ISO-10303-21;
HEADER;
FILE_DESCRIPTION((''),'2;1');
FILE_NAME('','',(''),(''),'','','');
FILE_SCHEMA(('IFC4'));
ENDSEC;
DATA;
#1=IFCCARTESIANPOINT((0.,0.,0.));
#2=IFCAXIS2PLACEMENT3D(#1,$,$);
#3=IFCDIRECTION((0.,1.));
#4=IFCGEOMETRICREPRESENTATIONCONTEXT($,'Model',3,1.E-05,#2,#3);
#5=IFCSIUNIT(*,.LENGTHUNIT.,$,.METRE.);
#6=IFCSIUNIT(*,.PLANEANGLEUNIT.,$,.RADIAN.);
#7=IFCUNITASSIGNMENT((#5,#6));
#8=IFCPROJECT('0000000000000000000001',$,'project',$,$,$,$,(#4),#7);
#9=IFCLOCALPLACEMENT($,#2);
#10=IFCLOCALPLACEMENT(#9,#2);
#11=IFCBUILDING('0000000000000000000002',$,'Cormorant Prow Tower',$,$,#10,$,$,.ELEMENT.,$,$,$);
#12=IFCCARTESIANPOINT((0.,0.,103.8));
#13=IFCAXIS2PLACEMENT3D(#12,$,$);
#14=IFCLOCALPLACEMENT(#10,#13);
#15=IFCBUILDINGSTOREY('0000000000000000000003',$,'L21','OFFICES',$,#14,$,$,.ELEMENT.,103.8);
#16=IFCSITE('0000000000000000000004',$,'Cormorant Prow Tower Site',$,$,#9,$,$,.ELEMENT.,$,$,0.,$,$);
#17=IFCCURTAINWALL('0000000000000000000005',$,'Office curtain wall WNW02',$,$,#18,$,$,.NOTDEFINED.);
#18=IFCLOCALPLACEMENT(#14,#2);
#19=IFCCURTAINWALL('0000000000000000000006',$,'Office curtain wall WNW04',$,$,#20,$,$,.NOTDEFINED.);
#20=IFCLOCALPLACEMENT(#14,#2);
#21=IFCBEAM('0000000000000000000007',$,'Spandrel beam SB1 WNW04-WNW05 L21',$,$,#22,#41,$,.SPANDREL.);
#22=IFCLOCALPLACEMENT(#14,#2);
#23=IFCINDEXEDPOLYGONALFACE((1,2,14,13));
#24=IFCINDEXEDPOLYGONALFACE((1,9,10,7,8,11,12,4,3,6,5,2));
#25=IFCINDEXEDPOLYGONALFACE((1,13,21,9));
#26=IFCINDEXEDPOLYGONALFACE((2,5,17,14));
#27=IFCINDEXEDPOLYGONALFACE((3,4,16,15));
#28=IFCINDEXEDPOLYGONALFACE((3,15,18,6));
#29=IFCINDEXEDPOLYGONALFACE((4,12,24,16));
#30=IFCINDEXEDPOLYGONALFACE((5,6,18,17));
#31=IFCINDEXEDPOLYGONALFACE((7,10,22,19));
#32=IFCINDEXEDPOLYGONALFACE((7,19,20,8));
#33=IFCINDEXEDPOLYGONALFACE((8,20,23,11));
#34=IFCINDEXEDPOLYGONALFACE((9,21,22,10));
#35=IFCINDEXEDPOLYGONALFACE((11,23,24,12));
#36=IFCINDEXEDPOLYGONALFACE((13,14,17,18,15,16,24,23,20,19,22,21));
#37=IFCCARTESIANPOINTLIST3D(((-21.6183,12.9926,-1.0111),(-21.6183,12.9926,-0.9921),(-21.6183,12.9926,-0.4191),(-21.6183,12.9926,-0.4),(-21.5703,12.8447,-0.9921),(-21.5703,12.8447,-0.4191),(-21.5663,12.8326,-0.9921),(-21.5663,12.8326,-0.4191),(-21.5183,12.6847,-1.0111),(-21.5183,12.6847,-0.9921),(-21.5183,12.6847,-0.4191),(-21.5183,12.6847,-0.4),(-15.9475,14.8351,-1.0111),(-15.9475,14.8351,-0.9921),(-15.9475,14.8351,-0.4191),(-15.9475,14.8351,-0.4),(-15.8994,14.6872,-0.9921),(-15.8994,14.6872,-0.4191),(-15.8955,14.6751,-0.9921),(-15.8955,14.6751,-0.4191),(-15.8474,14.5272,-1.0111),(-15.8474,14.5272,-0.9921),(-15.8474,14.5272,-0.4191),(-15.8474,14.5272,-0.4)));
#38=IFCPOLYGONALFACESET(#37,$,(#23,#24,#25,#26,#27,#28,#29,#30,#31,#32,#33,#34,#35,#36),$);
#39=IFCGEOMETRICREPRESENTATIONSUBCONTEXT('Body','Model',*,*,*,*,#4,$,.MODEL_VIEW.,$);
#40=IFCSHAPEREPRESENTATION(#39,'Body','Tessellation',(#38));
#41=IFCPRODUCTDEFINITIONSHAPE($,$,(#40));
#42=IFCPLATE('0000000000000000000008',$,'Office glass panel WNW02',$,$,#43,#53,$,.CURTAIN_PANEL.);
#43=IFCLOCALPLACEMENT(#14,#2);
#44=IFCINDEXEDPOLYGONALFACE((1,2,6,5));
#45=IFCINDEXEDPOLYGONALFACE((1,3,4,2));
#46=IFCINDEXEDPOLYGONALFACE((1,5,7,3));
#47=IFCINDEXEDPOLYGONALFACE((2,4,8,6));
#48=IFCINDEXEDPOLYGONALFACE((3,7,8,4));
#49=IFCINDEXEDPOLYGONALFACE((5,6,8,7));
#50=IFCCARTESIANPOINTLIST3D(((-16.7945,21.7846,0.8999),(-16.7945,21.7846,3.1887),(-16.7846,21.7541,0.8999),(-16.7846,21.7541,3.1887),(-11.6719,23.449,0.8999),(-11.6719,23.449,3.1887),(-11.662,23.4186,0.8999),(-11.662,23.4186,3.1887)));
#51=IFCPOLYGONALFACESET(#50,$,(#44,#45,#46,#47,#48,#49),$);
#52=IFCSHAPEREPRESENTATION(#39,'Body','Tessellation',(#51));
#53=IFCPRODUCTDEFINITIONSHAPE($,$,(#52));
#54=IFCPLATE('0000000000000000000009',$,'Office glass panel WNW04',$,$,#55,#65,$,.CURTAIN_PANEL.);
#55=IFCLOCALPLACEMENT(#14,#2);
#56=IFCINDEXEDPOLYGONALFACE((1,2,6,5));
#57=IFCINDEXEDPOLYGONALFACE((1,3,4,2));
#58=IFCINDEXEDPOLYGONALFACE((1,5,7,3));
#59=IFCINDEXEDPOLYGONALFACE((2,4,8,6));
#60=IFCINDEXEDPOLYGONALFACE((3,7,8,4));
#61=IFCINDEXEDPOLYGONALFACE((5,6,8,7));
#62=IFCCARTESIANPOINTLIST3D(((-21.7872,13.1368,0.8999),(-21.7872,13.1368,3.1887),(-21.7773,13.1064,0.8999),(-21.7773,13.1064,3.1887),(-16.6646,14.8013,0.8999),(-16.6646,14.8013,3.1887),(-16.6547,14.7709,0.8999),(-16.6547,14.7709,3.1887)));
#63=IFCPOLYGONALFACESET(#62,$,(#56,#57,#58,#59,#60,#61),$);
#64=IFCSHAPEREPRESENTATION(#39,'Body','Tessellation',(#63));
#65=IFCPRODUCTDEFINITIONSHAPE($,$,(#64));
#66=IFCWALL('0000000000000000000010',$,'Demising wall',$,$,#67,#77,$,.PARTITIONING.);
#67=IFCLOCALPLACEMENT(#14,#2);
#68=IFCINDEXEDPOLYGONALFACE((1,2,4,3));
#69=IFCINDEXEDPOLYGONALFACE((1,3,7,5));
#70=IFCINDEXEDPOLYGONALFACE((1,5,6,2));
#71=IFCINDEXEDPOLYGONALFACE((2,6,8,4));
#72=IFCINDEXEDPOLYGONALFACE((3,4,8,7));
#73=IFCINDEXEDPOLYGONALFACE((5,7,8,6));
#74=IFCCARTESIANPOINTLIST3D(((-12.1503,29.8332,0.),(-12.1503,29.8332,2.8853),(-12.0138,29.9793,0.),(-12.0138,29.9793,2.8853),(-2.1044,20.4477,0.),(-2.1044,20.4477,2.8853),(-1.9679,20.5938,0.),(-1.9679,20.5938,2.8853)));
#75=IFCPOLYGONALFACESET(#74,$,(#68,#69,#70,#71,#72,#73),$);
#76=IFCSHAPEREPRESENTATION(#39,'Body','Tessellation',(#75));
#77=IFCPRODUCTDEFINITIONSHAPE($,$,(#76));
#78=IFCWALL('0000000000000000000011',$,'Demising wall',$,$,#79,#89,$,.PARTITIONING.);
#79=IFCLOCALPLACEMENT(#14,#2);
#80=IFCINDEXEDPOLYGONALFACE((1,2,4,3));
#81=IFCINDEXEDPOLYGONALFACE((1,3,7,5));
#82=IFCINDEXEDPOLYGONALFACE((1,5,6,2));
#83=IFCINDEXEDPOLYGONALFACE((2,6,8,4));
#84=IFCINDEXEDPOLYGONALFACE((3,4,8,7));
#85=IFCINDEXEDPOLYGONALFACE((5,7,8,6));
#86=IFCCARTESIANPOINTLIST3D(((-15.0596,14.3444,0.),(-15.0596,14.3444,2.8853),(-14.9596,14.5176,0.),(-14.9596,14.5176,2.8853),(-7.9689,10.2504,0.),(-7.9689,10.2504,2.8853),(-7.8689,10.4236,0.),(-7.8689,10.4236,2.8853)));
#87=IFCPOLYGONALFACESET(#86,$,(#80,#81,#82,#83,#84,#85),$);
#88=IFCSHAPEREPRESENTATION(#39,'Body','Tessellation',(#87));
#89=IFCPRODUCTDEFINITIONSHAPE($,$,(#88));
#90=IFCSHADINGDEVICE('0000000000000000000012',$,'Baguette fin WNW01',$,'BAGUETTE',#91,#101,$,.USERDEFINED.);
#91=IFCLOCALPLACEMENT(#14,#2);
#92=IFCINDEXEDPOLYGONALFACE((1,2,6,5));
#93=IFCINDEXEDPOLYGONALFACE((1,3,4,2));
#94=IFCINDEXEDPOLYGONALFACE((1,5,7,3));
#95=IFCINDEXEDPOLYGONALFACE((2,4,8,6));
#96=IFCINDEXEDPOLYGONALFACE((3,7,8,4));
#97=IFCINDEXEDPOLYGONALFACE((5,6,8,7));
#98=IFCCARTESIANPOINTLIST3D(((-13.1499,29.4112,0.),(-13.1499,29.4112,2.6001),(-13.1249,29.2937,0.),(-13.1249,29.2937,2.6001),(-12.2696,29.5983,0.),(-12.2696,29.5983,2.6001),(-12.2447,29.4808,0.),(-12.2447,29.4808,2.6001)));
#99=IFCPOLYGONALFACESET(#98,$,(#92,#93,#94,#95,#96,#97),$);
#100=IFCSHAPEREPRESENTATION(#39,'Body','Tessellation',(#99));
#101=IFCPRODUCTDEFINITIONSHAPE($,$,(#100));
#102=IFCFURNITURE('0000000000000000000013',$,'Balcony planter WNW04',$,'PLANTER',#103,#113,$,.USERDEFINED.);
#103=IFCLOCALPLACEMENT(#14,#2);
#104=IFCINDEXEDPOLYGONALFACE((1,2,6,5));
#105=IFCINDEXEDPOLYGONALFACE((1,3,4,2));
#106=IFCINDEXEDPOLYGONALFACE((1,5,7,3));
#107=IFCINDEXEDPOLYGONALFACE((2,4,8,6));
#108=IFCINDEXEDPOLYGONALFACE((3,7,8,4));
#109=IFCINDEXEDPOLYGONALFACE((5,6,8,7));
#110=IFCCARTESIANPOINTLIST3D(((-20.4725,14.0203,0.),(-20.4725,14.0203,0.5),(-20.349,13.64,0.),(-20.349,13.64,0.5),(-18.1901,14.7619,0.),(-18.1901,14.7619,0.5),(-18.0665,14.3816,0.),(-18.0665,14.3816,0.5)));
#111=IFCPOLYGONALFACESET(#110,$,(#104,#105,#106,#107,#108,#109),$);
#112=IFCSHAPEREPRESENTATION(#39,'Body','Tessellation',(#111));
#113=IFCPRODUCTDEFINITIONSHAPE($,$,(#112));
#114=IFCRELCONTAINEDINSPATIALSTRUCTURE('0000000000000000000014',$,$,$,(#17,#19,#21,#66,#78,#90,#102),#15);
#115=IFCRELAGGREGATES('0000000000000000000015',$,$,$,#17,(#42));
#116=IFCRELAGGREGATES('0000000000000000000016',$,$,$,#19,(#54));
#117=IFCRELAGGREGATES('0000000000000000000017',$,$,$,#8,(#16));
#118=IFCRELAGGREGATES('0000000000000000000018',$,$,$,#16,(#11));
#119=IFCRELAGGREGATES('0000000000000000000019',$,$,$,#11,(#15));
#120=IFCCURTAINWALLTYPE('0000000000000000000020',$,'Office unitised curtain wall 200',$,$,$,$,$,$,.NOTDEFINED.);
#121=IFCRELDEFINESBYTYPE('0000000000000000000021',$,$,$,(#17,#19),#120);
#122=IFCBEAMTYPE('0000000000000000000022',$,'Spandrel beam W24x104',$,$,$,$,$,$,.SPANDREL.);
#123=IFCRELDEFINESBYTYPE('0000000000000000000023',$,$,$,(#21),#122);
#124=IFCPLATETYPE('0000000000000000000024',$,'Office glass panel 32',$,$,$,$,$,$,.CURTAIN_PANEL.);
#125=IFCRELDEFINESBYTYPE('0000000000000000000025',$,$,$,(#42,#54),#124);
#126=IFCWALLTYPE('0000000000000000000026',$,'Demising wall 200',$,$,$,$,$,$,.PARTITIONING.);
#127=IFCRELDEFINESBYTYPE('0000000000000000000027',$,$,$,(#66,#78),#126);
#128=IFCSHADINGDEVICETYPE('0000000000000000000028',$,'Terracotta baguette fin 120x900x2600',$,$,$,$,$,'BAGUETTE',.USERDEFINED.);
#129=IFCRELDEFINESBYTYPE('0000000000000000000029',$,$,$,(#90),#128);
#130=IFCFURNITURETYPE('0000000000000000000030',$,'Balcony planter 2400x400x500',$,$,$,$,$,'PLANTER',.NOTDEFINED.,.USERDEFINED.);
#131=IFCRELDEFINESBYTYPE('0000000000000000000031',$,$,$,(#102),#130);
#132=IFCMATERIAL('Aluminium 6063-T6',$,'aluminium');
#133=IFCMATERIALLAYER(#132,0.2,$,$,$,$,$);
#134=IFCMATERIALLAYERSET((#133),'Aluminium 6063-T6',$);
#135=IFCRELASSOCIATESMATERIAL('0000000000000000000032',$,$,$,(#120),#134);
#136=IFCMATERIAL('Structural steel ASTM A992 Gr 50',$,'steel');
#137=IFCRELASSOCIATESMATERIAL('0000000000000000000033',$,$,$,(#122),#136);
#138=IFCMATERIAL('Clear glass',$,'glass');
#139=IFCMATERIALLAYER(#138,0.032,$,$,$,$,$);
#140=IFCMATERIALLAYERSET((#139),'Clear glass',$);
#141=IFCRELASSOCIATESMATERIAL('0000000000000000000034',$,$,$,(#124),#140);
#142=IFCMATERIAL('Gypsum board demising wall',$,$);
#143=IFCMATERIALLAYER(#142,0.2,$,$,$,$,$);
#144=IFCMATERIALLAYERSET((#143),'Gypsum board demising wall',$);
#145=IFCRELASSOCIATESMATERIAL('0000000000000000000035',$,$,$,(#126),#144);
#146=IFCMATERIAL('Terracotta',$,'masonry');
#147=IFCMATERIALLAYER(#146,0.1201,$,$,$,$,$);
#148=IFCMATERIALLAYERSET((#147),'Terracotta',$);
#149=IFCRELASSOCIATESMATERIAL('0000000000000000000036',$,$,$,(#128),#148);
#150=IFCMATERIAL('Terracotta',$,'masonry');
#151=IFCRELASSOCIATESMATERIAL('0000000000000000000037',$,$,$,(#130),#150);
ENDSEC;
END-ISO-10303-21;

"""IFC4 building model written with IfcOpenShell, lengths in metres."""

from ifc_helpers import new_model, si_unit, direction, frame, frame_2d, origin, origin_2d, place, context, subcontext, project, spatial, rectangle, i_section, extrude, material, layer, layer_set, material_profile, profile_set, type_object, element, aggregate, save


model = new_model("IFC4")

# Units and contexts
model_context = context("Model", 3, precision=1e-05, world=origin(), true_north=direction((0.0, 1.0)))
body_context = subcontext(model_context, "Body", "Model", "MODEL_VIEW")
ifc_project = project(units=[si_unit("LENGTHUNIT", "METRE"), si_unit("PLANEANGLEUNIT", "RADIAN")], contexts=[model_context])

# Site, building, storey
site_placement = place(None, origin())
site = spatial("IfcSite", under=ifc_project, at=site_placement, Name="Cormorant Prow Tower Site", CompositionType="ELEMENT", RefElevation=0.0)
building_placement = place(site_placement, origin())
building = spatial("IfcBuilding", under=site, at=building_placement, Name="Cormorant Prow Tower", CompositionType="ELEMENT")
storey_placement = place(building_placement, frame((0.0, 0.0, 103.8)))
storey = spatial("IfcBuildingStorey", under=building, at=storey_placement, Name="L21", Description="OFFICES", CompositionType="ELEMENT", Elevation=103.8)

# Curtain walls
ifc_material_1 = material(Name="Aluminium 6063-T6", Category="aluminium")
ifc_layer_1 = layer(ifc_material_1, 0.2)
ifc_layer_set_1 = layer_set([ifc_layer_1], Name="Aluminium 6063-T6")
curtain_wall_type = type_object("IfcCurtainWallType", Name="Office unitised curtain wall 200", PredefinedType="NOTDEFINED", material=ifc_layer_set_1)
curtain_wall_1_placement = place(storey_placement, origin())
curtain_wall_1 = element("IfcCurtainWall", 1, at=curtain_wall_1_placement, inside=storey, type_object=curtain_wall_type, Name="Office curtain wall WNW02", PredefinedType="NOTDEFINED")
curtain_wall_2_placement = place(storey_placement, origin())
curtain_wall_2 = element("IfcCurtainWall", 2, at=curtain_wall_2_placement, inside=storey, type_object=curtain_wall_type, Name="Office curtain wall WNW04", PredefinedType="NOTDEFINED")

# Beam
ifc_material_2 = material(Name="Structural steel ASTM A992 Gr 50", Category="steel")
ifc_material_profile_1 = material_profile(ifc_material_2, i_section(OverallWidth=0.3237, OverallDepth=0.6111, WebThickness=0.0127, FlangeThickness=0.019, at=origin_2d()), Name="W24x104")
ifc_profile_set_1 = profile_set([ifc_material_profile_1], Name="Structural steel ASTM A992 Gr 50")
beam_type = type_object("IfcBeamType", Name="Spandrel beam W24x104", PredefinedType="SPANDREL", material=ifc_profile_set_1)
for number, where, z_axis, x_axis, name in (
    (3, (-15.8975, 14.6812, -0.7056), (-0.951059, -0.309008, 0.0), (0.309008, -0.951059, 0.0), "Spandrel beam SB1 WNW04-WNW05 L21"),
):
    element("IfcBeam", number, at=place(storey_placement, frame(where, z_axis=z_axis, x_axis=x_axis)), inside=storey, type_object=beam_type, Name=name, PredefinedType="SPANDREL", context=body_context, shape_type="SweptSolid", body=[
        extrude(i_section(OverallWidth=0.3237, OverallDepth=0.6111, WebThickness=0.0127, FlangeThickness=0.019, at=origin_2d()), origin(), (0.0, 0.0, 1.0), 5.9626),
    ])

# Plates
ifc_material_3 = material(Name="Clear glass", Category="glass")
ifc_layer_2 = layer(ifc_material_3, 0.032)
ifc_layer_set_2 = layer_set([ifc_layer_2], Name="Clear glass")
plate_type = type_object("IfcPlateType", Name="Office glass panel 32", PredefinedType="CURTAIN_PANEL", material=ifc_layer_set_2)
plate_1_placement = place(storey_placement, frame((-14.2283, 22.6016, 0.8999), z_axis=(0.0, 0.0, 1.0), x_axis=(-0.951057, -0.309017, 0.0)))
plate_1 = element("IfcPlate", 4, at=plate_1_placement, type_object=plate_type, Name="Office glass panel WNW02", PredefinedType="CURTAIN_PANEL", context=body_context, shape_type="SweptSolid", body=[
    extrude(rectangle(XDim=5.3862, YDim=0.032, at=origin_2d()), origin(), (0.0, 0.0, 1.0), 2.2888),
])
aggregate(curtain_wall_1, [plate_1])
plate_2_placement = place(storey_placement, frame((-19.2209, 13.9539, 0.8999), z_axis=(0.0, 0.0, 1.0), x_axis=(-0.951057, -0.309017, 0.0)))
plate_2 = element("IfcPlate", 5, at=plate_2_placement, type_object=plate_type, Name="Office glass panel WNW04", PredefinedType="CURTAIN_PANEL", context=body_context, shape_type="SweptSolid", body=[
    extrude(rectangle(XDim=5.3862, YDim=0.032, at=origin_2d()), origin(), (0.0, 0.0, 1.0), 2.2888),
])
aggregate(curtain_wall_2, [plate_2])

# Walls
ifc_material_4 = material(Name="Gypsum board demising wall")
ifc_layer_3 = layer(ifc_material_4, 0.2)
ifc_layer_set_3 = layer_set([ifc_layer_3], Name="Gypsum board demising wall")
wall_type_1 = type_object("IfcWallType", Name="Demising wall 200", PredefinedType="PARTITIONING", material=ifc_layer_set_3)
wall_1_placement = place(storey_placement, frame((-12.082, 29.9062, 0.0), z_axis=(0.0, 0.0, 1.0), x_axis=(0.730717, -0.682681, 0.0)))
element("IfcWall", 6, at=wall_1_placement, inside=storey, type_object=wall_type_1, Name="Demising wall", PredefinedType="PARTITIONING", context=body_context, shape_type="SweptSolid", body=[
    extrude(rectangle(XDim=13.748, YDim=0.2, at=frame_2d((6.874, 0.0))), origin(), (0.0, 0.0, 1.0), 2.8853),
])
wall_2_placement = place(storey_placement, frame((-15.0095, 14.4309, 0.0), z_axis=(0.0, 0.0, 1.0), x_axis=(0.86602, -0.50001, 0.0)))
element("IfcWall", 7, at=wall_2_placement, inside=storey, type_object=wall_type_1, Name="Demising wall", PredefinedType="PARTITIONING", context=body_context, shape_type="SweptSolid", body=[
    extrude(rectangle(XDim=8.1877, YDim=0.2, at=frame_2d((4.0938, 0.0))), origin(), (0.0, 0.0, 1.0), 2.8853),
])

# Shading device
ifc_material_5 = material(Name="Terracotta", Category="masonry")
ifc_layer_4 = layer(ifc_material_5, 0.1201)
ifc_layer_set_4 = layer_set([ifc_layer_4], Name="Terracotta")
shading_device_type = type_object("IfcShadingDeviceType", Name="Terracotta baguette fin 120x900x2600", ElementType="BAGUETTE", PredefinedType="USERDEFINED", material=ifc_layer_set_4)
shading_device_placement = place(storey_placement, frame((-12.6973, 29.446, 0.0), z_axis=(0.0, 0.0, 1.0), x_axis=(0.207912, -0.978148, 0.0)))
element("IfcShadingDevice", 8, at=shading_device_placement, inside=storey, type_object=shading_device_type, Name="Baguette fin WNW01", ObjectType="BAGUETTE", PredefinedType="USERDEFINED", context=body_context, shape_type="SweptSolid", body=[
    extrude(rectangle(XDim=0.1201, YDim=0.8999, at=origin_2d()), origin(), (0.0, 0.0, 1.0), 2.6001),
])

# Furniture
ifc_material_6 = material(Name="Terracotta", Category="masonry")
furniture_type = type_object("IfcFurnitureType", Name="Balcony planter 2400x400x500", ElementType="PLANTER", AssemblyPlace="NOTDEFINED", PredefinedType="USERDEFINED", material=ifc_material_6)
furniture_placement = place(storey_placement, frame((-19.2695, 14.2009, 0.0), z_axis=(0.0, 0.0, 1.0), x_axis=(-0.951057, -0.309017, 0.0)))
element("IfcFurniture", 9, at=furniture_placement, inside=storey, type_object=furniture_type, Name="Balcony planter WNW04", ObjectType="PLANTER", PredefinedType="USERDEFINED", context=body_context, shape_type="SweptSolid", body=[
    extrude(rectangle(XDim=2.3999, YDim=0.3999, at=origin_2d()), origin(), (0.0, 0.0, 1.0), 0.5),
])

save(model, "model.ifc")
